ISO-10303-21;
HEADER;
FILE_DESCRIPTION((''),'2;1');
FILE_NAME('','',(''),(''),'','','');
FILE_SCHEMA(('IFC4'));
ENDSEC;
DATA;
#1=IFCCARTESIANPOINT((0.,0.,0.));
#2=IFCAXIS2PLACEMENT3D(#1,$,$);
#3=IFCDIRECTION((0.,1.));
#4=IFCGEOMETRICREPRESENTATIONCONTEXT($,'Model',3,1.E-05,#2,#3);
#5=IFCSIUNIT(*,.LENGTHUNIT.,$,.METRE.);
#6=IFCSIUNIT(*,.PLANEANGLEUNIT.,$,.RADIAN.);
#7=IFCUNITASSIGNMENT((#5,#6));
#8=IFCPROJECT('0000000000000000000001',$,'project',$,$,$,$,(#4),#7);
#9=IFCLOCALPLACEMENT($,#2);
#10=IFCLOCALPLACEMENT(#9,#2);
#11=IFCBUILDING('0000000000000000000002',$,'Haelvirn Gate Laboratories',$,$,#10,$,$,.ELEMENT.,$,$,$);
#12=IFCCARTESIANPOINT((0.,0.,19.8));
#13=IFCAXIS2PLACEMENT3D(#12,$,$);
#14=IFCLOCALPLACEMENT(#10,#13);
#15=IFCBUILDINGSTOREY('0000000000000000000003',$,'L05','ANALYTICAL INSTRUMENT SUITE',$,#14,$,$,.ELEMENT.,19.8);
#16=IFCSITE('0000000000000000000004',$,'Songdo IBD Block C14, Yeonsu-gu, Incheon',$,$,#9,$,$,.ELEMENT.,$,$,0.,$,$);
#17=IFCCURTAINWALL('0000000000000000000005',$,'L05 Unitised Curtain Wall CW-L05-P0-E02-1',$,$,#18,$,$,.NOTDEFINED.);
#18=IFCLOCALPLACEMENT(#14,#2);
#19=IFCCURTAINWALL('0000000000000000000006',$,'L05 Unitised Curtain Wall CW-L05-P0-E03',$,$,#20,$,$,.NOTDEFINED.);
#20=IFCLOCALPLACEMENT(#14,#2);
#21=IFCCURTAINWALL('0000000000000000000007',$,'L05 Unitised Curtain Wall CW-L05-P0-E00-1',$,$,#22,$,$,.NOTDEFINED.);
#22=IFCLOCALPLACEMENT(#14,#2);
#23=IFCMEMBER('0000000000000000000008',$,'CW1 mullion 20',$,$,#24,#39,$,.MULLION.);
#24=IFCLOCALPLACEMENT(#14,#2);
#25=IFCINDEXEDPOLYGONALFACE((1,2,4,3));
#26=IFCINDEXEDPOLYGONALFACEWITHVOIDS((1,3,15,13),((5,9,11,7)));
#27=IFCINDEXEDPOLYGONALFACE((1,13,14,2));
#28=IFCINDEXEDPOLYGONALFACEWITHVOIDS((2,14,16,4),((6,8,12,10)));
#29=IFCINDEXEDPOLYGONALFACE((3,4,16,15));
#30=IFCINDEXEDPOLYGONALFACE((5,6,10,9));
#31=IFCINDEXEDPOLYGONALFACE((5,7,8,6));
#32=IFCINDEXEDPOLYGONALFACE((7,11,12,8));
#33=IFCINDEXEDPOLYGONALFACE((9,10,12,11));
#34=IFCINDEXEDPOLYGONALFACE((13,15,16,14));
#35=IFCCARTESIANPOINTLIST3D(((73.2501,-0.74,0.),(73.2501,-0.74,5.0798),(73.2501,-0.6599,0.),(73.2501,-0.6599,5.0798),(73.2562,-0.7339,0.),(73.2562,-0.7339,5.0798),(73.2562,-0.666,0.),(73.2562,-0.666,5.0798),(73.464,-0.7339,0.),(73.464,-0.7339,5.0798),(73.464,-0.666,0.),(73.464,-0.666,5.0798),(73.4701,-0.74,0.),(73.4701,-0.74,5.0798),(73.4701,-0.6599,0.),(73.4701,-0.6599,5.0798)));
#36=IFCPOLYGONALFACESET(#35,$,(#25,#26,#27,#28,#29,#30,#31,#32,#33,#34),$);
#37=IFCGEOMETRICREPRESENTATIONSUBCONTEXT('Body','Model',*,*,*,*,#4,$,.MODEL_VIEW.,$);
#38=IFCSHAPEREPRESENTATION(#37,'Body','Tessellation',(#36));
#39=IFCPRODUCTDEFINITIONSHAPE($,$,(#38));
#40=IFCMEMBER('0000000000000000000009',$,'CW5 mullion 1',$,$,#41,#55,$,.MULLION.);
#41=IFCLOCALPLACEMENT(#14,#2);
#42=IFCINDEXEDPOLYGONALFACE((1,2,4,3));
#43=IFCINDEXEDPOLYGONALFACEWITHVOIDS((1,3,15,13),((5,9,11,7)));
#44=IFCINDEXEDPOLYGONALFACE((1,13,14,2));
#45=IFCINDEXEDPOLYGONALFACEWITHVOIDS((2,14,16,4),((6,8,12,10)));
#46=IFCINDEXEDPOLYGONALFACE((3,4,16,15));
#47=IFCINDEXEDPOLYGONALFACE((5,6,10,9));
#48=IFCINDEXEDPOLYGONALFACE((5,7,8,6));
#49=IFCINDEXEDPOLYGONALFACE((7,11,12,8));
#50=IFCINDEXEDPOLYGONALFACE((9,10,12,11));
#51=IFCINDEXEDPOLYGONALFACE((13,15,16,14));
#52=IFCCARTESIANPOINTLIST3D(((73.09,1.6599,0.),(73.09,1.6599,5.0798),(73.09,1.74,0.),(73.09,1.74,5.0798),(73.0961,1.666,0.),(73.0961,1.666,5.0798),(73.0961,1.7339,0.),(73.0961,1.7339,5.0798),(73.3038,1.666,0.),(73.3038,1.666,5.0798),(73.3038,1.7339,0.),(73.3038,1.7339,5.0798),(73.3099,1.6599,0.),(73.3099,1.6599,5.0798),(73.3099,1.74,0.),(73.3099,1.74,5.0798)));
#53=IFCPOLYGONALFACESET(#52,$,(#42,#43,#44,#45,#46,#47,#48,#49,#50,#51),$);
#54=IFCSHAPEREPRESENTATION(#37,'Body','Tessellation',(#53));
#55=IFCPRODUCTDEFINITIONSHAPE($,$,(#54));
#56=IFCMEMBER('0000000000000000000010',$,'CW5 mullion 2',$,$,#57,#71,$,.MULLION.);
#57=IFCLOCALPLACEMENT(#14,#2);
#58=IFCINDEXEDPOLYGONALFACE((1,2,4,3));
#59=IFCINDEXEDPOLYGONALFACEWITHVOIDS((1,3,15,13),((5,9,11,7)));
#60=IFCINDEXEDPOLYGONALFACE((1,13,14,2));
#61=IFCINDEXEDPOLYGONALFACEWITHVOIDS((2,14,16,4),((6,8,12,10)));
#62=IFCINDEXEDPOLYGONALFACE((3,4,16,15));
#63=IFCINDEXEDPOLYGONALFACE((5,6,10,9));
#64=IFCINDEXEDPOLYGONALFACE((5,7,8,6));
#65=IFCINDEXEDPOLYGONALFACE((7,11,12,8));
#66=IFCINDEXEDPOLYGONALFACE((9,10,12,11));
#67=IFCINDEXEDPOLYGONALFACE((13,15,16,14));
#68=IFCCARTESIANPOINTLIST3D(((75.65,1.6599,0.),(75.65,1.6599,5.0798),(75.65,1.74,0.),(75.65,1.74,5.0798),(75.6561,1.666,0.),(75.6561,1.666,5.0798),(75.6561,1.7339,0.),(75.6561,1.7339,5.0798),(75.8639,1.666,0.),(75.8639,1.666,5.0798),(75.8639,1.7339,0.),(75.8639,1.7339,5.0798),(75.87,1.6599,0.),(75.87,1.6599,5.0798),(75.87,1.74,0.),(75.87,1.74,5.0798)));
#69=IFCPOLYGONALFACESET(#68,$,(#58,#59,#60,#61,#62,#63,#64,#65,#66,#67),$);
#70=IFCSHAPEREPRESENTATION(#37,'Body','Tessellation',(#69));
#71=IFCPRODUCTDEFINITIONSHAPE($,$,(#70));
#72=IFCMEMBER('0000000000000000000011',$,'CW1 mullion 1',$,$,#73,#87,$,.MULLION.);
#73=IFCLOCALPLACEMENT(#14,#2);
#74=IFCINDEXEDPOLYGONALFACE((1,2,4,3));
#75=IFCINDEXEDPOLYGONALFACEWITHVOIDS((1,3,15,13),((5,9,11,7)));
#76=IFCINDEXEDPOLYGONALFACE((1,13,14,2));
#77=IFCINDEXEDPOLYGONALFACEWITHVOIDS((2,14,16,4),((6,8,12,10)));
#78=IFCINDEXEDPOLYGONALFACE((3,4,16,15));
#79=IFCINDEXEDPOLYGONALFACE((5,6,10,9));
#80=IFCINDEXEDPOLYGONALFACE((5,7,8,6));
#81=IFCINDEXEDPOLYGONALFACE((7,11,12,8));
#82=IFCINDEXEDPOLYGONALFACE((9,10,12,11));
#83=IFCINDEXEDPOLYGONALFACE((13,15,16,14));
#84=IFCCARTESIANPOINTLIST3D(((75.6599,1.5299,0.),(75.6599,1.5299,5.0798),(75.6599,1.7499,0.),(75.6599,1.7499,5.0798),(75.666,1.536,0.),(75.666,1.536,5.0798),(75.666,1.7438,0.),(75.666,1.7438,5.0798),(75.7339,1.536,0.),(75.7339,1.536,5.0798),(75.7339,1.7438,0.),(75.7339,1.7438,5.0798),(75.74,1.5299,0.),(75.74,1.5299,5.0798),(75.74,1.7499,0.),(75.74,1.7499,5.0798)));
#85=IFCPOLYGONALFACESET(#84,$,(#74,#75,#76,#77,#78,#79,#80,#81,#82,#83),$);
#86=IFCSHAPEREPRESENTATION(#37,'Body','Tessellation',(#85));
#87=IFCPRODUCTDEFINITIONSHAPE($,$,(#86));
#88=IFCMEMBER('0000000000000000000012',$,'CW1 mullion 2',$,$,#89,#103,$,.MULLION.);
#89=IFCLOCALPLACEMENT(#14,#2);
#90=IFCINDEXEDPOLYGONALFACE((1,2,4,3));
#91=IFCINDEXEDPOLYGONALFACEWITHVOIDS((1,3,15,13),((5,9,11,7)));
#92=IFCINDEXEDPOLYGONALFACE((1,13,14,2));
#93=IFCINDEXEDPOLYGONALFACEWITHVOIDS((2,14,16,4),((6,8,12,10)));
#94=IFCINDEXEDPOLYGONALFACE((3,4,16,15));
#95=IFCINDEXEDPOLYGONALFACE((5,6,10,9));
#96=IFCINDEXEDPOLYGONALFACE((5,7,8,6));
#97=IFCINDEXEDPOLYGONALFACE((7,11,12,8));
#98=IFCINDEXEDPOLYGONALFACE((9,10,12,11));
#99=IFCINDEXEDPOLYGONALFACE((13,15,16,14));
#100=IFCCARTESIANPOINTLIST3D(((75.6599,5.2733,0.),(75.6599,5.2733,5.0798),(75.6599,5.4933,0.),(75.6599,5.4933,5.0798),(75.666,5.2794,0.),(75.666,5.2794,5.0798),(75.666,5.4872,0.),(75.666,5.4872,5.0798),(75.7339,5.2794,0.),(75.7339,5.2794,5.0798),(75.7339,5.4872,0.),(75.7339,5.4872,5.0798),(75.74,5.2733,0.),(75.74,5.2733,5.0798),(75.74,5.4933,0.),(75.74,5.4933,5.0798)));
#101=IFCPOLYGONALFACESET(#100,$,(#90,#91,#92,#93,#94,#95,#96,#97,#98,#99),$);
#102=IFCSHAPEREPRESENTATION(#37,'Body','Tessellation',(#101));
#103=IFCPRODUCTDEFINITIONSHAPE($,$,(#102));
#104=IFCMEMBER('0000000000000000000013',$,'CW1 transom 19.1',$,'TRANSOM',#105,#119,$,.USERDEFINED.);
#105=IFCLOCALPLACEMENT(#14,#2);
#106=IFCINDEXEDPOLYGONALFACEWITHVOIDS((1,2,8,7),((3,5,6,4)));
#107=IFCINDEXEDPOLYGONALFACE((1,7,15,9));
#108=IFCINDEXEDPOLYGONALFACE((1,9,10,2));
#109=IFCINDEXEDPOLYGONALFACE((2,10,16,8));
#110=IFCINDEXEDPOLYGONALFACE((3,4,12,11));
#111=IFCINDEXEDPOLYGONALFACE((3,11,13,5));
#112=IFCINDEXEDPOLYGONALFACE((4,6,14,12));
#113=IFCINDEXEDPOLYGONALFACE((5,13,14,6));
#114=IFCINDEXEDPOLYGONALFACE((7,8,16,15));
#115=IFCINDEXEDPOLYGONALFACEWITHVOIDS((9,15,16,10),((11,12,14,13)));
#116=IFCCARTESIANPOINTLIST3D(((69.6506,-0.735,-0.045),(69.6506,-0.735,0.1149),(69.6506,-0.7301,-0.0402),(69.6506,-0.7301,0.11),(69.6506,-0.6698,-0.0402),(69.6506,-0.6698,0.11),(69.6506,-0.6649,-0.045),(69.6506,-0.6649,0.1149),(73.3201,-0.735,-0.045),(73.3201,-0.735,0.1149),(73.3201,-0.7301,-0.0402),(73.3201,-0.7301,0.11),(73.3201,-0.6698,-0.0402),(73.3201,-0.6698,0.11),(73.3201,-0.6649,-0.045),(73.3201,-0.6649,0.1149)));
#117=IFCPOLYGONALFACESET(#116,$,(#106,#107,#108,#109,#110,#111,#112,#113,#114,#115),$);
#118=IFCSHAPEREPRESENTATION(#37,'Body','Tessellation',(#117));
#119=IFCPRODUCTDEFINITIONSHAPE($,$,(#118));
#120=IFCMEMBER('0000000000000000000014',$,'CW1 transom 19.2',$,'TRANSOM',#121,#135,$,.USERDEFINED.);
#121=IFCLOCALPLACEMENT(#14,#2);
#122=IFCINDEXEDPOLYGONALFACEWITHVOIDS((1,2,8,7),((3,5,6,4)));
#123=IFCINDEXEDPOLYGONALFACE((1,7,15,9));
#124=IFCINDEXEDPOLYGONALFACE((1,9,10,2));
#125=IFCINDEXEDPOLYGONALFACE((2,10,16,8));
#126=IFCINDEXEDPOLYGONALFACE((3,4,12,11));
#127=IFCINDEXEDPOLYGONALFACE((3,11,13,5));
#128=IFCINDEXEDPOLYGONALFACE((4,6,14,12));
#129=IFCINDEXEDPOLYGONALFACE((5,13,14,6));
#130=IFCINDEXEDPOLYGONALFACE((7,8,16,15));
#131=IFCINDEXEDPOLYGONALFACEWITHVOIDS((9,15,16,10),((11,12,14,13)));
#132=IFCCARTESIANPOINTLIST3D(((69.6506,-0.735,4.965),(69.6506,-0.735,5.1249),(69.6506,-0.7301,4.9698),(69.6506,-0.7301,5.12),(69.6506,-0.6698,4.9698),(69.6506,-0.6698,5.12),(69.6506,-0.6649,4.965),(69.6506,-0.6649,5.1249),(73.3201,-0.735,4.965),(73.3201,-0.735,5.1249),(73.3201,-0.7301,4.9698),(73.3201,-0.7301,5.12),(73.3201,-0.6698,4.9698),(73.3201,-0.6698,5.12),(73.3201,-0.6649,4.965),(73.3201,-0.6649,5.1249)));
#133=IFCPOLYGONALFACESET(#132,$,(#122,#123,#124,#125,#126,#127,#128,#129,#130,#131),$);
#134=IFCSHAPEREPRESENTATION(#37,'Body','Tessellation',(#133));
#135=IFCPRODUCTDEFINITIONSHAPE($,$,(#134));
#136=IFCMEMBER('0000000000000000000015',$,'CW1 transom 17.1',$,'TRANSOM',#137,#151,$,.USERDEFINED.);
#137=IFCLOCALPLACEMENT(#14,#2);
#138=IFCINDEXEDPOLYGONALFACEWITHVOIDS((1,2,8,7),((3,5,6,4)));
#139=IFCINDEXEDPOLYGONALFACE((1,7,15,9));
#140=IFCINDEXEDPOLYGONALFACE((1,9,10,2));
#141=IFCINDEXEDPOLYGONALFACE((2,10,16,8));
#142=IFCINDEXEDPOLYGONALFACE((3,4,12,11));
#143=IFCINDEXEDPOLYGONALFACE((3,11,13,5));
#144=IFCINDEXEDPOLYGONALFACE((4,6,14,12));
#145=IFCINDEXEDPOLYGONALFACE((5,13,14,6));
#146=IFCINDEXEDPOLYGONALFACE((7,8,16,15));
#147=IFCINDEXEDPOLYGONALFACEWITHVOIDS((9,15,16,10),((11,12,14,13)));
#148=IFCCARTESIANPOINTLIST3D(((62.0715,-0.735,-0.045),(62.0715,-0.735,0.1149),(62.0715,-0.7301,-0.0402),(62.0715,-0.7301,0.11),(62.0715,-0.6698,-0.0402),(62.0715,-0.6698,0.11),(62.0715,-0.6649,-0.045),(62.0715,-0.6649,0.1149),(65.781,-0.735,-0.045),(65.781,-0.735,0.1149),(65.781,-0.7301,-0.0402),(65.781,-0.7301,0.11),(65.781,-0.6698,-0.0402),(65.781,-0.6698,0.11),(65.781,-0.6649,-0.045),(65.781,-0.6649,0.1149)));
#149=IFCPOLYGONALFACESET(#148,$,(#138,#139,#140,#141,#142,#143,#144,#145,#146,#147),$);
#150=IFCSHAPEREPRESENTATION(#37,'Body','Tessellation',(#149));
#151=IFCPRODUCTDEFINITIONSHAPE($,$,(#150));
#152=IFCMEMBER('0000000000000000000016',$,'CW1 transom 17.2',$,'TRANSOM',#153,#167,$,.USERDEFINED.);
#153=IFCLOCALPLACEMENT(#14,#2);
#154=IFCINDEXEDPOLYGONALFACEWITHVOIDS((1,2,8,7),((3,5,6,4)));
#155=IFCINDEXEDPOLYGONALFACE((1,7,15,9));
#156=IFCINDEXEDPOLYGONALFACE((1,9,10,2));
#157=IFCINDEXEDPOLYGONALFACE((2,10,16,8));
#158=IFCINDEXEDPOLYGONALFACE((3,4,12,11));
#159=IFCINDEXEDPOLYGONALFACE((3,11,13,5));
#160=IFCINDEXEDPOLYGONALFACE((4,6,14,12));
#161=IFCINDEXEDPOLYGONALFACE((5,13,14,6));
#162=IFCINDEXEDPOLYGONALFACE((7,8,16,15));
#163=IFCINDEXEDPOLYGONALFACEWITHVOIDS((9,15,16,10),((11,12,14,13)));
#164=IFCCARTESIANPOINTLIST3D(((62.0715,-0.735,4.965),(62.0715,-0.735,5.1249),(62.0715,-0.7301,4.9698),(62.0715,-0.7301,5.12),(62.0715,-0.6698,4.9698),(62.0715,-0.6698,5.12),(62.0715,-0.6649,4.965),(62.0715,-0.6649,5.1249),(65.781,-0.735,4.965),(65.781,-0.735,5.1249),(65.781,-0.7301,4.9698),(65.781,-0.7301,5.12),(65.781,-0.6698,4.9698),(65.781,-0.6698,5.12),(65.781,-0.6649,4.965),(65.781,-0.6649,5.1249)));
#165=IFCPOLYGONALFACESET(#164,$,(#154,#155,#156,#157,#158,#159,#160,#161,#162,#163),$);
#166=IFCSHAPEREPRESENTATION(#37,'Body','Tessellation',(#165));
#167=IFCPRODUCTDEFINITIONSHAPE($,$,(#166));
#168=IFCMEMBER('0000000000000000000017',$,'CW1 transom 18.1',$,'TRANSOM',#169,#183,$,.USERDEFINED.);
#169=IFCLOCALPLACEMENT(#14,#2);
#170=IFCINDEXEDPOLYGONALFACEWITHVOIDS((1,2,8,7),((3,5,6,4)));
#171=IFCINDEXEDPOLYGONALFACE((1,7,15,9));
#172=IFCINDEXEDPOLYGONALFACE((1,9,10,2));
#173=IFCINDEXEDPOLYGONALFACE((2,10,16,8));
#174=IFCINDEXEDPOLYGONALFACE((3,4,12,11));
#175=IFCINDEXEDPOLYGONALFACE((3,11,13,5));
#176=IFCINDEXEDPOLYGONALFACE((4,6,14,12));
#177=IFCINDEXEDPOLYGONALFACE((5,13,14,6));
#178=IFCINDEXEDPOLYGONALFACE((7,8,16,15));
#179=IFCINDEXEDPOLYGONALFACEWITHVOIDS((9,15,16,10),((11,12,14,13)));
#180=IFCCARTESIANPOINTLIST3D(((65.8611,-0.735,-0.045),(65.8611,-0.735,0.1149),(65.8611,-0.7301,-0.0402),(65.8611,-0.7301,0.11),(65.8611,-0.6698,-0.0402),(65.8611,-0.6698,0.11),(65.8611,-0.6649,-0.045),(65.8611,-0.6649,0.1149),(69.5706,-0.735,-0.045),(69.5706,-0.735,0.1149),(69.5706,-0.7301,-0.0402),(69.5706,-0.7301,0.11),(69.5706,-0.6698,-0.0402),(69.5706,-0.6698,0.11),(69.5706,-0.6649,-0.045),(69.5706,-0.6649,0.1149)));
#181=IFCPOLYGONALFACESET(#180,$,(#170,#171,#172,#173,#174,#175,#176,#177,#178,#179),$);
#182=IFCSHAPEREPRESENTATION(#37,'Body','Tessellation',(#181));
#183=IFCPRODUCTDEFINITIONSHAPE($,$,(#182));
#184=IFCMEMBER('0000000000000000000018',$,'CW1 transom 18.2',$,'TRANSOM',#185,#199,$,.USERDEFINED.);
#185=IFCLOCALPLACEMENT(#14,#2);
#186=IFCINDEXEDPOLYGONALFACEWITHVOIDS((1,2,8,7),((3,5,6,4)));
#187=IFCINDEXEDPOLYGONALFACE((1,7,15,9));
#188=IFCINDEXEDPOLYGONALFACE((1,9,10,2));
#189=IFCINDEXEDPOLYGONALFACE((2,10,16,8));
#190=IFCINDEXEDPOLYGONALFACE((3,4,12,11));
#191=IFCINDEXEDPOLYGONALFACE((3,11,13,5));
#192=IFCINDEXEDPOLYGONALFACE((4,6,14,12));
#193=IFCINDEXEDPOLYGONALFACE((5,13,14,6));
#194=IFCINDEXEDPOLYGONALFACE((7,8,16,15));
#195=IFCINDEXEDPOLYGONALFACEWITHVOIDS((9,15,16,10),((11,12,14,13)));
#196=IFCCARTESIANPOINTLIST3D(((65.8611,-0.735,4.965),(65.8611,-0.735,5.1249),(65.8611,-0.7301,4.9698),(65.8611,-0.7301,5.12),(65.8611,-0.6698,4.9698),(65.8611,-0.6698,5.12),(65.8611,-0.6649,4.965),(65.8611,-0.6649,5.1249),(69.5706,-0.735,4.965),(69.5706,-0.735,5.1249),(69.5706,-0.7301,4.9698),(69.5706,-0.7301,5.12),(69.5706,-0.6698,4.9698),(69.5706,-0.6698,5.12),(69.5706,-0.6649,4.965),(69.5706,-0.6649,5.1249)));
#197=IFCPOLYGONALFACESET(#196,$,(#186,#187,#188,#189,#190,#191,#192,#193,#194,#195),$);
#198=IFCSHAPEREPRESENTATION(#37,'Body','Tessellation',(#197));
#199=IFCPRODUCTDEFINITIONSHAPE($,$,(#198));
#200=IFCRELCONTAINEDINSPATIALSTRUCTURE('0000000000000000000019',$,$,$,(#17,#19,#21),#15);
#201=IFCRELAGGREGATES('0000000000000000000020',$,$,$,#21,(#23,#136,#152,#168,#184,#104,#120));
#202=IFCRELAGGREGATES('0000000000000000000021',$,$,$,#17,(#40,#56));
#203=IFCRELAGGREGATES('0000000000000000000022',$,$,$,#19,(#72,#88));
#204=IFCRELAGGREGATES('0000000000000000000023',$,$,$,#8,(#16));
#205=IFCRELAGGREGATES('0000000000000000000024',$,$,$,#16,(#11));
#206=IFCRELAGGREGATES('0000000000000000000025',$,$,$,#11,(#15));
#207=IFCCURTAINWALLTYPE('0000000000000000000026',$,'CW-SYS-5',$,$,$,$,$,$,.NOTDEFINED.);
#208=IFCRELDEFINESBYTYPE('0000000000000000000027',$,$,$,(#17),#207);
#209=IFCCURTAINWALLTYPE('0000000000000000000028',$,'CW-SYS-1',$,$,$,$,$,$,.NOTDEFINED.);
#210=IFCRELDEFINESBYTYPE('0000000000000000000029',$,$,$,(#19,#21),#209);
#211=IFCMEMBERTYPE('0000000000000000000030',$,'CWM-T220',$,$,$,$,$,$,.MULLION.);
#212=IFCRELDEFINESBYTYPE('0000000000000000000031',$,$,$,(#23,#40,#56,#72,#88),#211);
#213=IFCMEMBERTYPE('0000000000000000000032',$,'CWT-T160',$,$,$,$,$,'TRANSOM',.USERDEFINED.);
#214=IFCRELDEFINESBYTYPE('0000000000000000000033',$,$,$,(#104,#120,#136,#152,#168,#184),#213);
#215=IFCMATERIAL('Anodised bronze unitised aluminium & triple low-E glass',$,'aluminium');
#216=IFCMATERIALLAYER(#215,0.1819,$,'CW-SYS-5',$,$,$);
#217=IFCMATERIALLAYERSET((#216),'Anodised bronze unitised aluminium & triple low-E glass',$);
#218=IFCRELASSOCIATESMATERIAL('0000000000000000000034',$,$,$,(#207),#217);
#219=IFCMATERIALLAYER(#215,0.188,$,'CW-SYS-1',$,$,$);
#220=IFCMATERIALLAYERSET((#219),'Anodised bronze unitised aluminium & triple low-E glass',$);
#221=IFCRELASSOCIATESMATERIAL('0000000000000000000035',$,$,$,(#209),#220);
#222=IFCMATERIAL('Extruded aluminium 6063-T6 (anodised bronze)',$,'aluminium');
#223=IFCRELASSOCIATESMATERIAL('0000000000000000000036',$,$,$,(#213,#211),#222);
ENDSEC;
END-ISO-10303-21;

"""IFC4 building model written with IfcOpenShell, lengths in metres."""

from ifc_helpers import new_model, si_unit, direction, frame, origin, origin_2d, place, context, subcontext, project, spatial, hollow_rectangle, extrude, source, transform, mapped, material, layer, layer_set, material_profile, profile_set, type_object, type_shapes, element, aggregate, save


model = new_model("IFC4")

# Units and contexts
model_context = context("Model", 3, precision=1e-05, world=origin(), true_north=direction((0.0, 1.0)))
body_context = subcontext(model_context, "Body", "Model", "MODEL_VIEW")
ifc_project = project(units=[si_unit("LENGTHUNIT", "METRE"), si_unit("PLANEANGLEUNIT", "RADIAN")], contexts=[model_context])

# Site, building, storey
site_placement = place(None, origin())
site = spatial("IfcSite", under=ifc_project, at=site_placement, Name="Songdo IBD Block C14, Yeonsu-gu, Incheon", CompositionType="ELEMENT", RefElevation=0.0)
building_placement = place(site_placement, origin())
building = spatial("IfcBuilding", under=site, at=building_placement, Name="Haelvirn Gate Laboratories", CompositionType="ELEMENT")
storey_placement = place(building_placement, frame((0.0, 0.0, 19.8)))
storey = spatial("IfcBuildingStorey", under=building, at=storey_placement, Name="L05", Description="ANALYTICAL INSTRUMENT SUITE", CompositionType="ELEMENT", Elevation=19.8)

# Curtain walls, member
ifc_material_1 = material(Name="Anodised bronze unitised aluminium & triple low-E glass", Category="aluminium")
ifc_layer_1 = layer(ifc_material_1, 0.1819, Name="CW-SYS-5")
ifc_layer_set_1 = layer_set([ifc_layer_1], Name="Anodised bronze unitised aluminium & triple low-E glass")
curtain_wall_type_1 = type_object("IfcCurtainWallType", Name="CW-SYS-5", PredefinedType="NOTDEFINED", material=ifc_layer_set_1)
curtain_wall_1_placement = place(storey_placement, origin())
curtain_wall_1 = element("IfcCurtainWall", 1, at=curtain_wall_1_placement, inside=storey, type_object=curtain_wall_type_1, Name="L05 Unitised Curtain Wall CW-L05-P0-E02-1", PredefinedType="NOTDEFINED")
ifc_material_2 = material(Name="Extruded aluminium 6063-T6 (anodised bronze)", Category="aluminium")
ifc_layer_2 = layer(ifc_material_1, 0.188, Name="CW-SYS-1")
ifc_layer_set_2 = layer_set([ifc_layer_2], Name="Anodised bronze unitised aluminium & triple low-E glass")
curtain_wall_type_2 = type_object("IfcCurtainWallType", Name="CW-SYS-1", PredefinedType="NOTDEFINED", material=ifc_layer_set_2)
curtain_wall_2_placement = place(storey_placement, origin())
curtain_wall_2 = element("IfcCurtainWall", 2, at=curtain_wall_2_placement, inside=storey, type_object=curtain_wall_type_2, Name="L05 Unitised Curtain Wall CW-L05-P0-E03", PredefinedType="NOTDEFINED")
ifc_material_profile_1 = material_profile(ifc_material_2, hollow_rectangle(XDim=0.0701, YDim=0.1599, WallThickness=0.0049, at=origin_2d()), Name="CWT-160x70x5")
ifc_profile_set_1 = profile_set([ifc_material_profile_1], Name="Extruded aluminium 6063-T6 (anodised bronze)")
member_type_1 = type_object("IfcMemberType", Name="CWT-T160", ElementType="TRANSOM", PredefinedType="USERDEFINED", material=ifc_profile_set_1)
curtain_wall_3_placement = place(storey_placement, origin())
curtain_wall_3 = element("IfcCurtainWall", 3, at=curtain_wall_3_placement, inside=storey, type_object=curtain_wall_type_2, Name="L05 Unitised Curtain Wall CW-L05-P0-E00-1", PredefinedType="NOTDEFINED")
ifc_material_profile_2 = material_profile(ifc_material_2, hollow_rectangle(XDim=0.0801, YDim=0.22, WallThickness=0.0061, at=origin_2d()), Name="CWM-220x80x6")
ifc_profile_set_2 = profile_set([ifc_material_profile_2], Name="Extruded aluminium 6063-T6 (anodised bronze)")
member_type_2 = type_object("IfcMemberType", Name="CWM-T220", PredefinedType="MULLION", material=ifc_profile_set_2)
shared_shape_1 = source(origin(), body_context, "Body", "SweptSolid", [
    extrude(hollow_rectangle(XDim=0.0801, YDim=0.22, WallThickness=0.0061, at=origin_2d()), origin(), (0.0, 0.0, 1.0), 5.0798),
])
type_shapes(member_type_2, [shared_shape_1])
member_1_placement = place(storey_placement, frame((73.3601, -0.7, 0.0), z_axis=(0.0, 0.0, 1.0), x_axis=(0.0, 1.0, 0.0)))
member_1 = element("IfcMember", 4, at=member_1_placement, type_object=member_type_2, Name="CW1 mullion 20", PredefinedType="MULLION", context=body_context, shape_type="MappedRepresentation", body=[
    mapped(shared_shape_1, transform((0.0, 0.0, 0.0), scale=1.0)),
])

# Members
member_2_placement = place(storey_placement, frame((73.2, 1.7, 0.0), z_axis=(0.0, 0.0, 1.0), x_axis=(0.0, 1.0, 0.0)))
member_2 = element("IfcMember", 5, at=member_2_placement, type_object=member_type_2, Name="CW5 mullion 1", PredefinedType="MULLION", context=body_context, shape_type="MappedRepresentation", body=[
    mapped(shared_shape_1, transform((0.0, 0.0, 0.0), scale=1.0)),
])
member_3_placement = place(storey_placement, frame((75.76, 1.7, 0.0), z_axis=(0.0, 0.0, 1.0), x_axis=(0.0, 1.0, 0.0)))
member_3 = element("IfcMember", 6, at=member_3_placement, type_object=member_type_2, Name="CW5 mullion 2", PredefinedType="MULLION", context=body_context, shape_type="MappedRepresentation", body=[
    mapped(shared_shape_1, transform((0.0, 0.0, 0.0), scale=1.0)),
])
member_4_placement = place(storey_placement, frame((75.7, 1.6399, 0.0), z_axis=(0.0, 0.0, 1.0), x_axis=(-1.0, 0.0, 0.0)))
member_4 = element("IfcMember", 7, at=member_4_placement, type_object=member_type_2, Name="CW1 mullion 1", PredefinedType="MULLION", context=body_context, shape_type="MappedRepresentation", body=[
    mapped(shared_shape_1, transform((0.0, 0.0, 0.0), scale=1.0)),
])
member_5_placement = place(storey_placement, frame((75.7, 5.3833, 0.0), z_axis=(0.0, 0.0, 1.0), x_axis=(-1.0, 0.0, 0.0)))
member_5 = element("IfcMember", 8, at=member_5_placement, type_object=member_type_2, Name="CW1 mullion 2", PredefinedType="MULLION", context=body_context, shape_type="MappedRepresentation", body=[
    mapped(shared_shape_1, transform((0.0, 0.0, 0.0), scale=1.0)),
])
shared_shape_2 = source(origin(), body_context, "Body", "SweptSolid", [
    extrude(hollow_rectangle(XDim=0.0701, YDim=0.1599, WallThickness=0.0049, at=origin_2d()), origin(), (0.0, 0.0, 1.0), 3.6694),
])
member_6_placement = place(storey_placement, frame((69.6506, -0.7, 0.0349), z_axis=(1.0, 0.0, 0.0), x_axis=(0.0, 1.0, 0.0)))
member_6 = element("IfcMember", 9, at=member_6_placement, type_object=member_type_1, Name="CW1 transom 19.1", ObjectType="TRANSOM", PredefinedType="USERDEFINED", context=body_context, shape_type="MappedRepresentation", body=[
    mapped(shared_shape_2, transform((0.0, 0.0, 0.0), scale=1.0)),
])
member_7_placement = place(storey_placement, frame((69.6506, -0.7, 5.0449), z_axis=(1.0, 0.0, 0.0), x_axis=(0.0, 1.0, 0.0)))
member_7 = element("IfcMember", 10, at=member_7_placement, type_object=member_type_1, Name="CW1 transom 19.2", ObjectType="TRANSOM", PredefinedType="USERDEFINED", context=body_context, shape_type="MappedRepresentation", body=[
    mapped(shared_shape_2, transform((0.0, 0.0, 0.0), scale=1.0)),
])
shared_shape_3 = source(origin(), body_context, "Body", "SweptSolid", [
    extrude(hollow_rectangle(XDim=0.0701, YDim=0.1599, WallThickness=0.0049, at=origin_2d()), origin(), (0.0, 0.0, 1.0), 3.7095),
])
member_8_placement = place(storey_placement, frame((62.0715, -0.7, 0.0349), z_axis=(1.0, 0.0, 0.0), x_axis=(0.0, 1.0, 0.0)))
member_8 = element("IfcMember", 11, at=member_8_placement, type_object=member_type_1, Name="CW1 transom 17.1", ObjectType="TRANSOM", PredefinedType="USERDEFINED", context=body_context, shape_type="MappedRepresentation", body=[
    mapped(shared_shape_3, transform((0.0, 0.0, 0.0), scale=1.0)),
])
member_9_placement = place(storey_placement, frame((62.0715, -0.7, 5.0449), z_axis=(1.0, 0.0, 0.0), x_axis=(0.0, 1.0, 0.0)))
member_9 = element("IfcMember", 12, at=member_9_placement, type_object=member_type_1, Name="CW1 transom 17.2", ObjectType="TRANSOM", PredefinedType="USERDEFINED", context=body_context, shape_type="MappedRepresentation", body=[
    mapped(shared_shape_3, transform((0.0, 0.0, 0.0), scale=1.0)),
])
member_10_placement = place(storey_placement, frame((65.8611, -0.7, 0.0349), z_axis=(1.0, 0.0, 0.0), x_axis=(0.0, 1.0, 0.0)))
member_10 = element("IfcMember", 13, at=member_10_placement, type_object=member_type_1, Name="CW1 transom 18.1", ObjectType="TRANSOM", PredefinedType="USERDEFINED", context=body_context, shape_type="MappedRepresentation", body=[
    mapped(shared_shape_3, transform((0.0, 0.0, 0.0), scale=1.0)),
])
member_11_placement = place(storey_placement, frame((65.8611, -0.7, 5.0449), z_axis=(1.0, 0.0, 0.0), x_axis=(0.0, 1.0, 0.0)))
member_11 = element("IfcMember", 14, at=member_11_placement, type_object=member_type_1, Name="CW1 transom 18.2", ObjectType="TRANSOM", PredefinedType="USERDEFINED", context=body_context, shape_type="MappedRepresentation", body=[
    mapped(shared_shape_3, transform((0.0, 0.0, 0.0), scale=1.0)),
])

aggregate(curtain_wall_3, [member_1, member_8, member_9, member_10, member_11, member_6, member_7])
aggregate(curtain_wall_1, [member_2, member_3])
aggregate(curtain_wall_2, [member_4, member_5])

save(model, "model.ifc")
